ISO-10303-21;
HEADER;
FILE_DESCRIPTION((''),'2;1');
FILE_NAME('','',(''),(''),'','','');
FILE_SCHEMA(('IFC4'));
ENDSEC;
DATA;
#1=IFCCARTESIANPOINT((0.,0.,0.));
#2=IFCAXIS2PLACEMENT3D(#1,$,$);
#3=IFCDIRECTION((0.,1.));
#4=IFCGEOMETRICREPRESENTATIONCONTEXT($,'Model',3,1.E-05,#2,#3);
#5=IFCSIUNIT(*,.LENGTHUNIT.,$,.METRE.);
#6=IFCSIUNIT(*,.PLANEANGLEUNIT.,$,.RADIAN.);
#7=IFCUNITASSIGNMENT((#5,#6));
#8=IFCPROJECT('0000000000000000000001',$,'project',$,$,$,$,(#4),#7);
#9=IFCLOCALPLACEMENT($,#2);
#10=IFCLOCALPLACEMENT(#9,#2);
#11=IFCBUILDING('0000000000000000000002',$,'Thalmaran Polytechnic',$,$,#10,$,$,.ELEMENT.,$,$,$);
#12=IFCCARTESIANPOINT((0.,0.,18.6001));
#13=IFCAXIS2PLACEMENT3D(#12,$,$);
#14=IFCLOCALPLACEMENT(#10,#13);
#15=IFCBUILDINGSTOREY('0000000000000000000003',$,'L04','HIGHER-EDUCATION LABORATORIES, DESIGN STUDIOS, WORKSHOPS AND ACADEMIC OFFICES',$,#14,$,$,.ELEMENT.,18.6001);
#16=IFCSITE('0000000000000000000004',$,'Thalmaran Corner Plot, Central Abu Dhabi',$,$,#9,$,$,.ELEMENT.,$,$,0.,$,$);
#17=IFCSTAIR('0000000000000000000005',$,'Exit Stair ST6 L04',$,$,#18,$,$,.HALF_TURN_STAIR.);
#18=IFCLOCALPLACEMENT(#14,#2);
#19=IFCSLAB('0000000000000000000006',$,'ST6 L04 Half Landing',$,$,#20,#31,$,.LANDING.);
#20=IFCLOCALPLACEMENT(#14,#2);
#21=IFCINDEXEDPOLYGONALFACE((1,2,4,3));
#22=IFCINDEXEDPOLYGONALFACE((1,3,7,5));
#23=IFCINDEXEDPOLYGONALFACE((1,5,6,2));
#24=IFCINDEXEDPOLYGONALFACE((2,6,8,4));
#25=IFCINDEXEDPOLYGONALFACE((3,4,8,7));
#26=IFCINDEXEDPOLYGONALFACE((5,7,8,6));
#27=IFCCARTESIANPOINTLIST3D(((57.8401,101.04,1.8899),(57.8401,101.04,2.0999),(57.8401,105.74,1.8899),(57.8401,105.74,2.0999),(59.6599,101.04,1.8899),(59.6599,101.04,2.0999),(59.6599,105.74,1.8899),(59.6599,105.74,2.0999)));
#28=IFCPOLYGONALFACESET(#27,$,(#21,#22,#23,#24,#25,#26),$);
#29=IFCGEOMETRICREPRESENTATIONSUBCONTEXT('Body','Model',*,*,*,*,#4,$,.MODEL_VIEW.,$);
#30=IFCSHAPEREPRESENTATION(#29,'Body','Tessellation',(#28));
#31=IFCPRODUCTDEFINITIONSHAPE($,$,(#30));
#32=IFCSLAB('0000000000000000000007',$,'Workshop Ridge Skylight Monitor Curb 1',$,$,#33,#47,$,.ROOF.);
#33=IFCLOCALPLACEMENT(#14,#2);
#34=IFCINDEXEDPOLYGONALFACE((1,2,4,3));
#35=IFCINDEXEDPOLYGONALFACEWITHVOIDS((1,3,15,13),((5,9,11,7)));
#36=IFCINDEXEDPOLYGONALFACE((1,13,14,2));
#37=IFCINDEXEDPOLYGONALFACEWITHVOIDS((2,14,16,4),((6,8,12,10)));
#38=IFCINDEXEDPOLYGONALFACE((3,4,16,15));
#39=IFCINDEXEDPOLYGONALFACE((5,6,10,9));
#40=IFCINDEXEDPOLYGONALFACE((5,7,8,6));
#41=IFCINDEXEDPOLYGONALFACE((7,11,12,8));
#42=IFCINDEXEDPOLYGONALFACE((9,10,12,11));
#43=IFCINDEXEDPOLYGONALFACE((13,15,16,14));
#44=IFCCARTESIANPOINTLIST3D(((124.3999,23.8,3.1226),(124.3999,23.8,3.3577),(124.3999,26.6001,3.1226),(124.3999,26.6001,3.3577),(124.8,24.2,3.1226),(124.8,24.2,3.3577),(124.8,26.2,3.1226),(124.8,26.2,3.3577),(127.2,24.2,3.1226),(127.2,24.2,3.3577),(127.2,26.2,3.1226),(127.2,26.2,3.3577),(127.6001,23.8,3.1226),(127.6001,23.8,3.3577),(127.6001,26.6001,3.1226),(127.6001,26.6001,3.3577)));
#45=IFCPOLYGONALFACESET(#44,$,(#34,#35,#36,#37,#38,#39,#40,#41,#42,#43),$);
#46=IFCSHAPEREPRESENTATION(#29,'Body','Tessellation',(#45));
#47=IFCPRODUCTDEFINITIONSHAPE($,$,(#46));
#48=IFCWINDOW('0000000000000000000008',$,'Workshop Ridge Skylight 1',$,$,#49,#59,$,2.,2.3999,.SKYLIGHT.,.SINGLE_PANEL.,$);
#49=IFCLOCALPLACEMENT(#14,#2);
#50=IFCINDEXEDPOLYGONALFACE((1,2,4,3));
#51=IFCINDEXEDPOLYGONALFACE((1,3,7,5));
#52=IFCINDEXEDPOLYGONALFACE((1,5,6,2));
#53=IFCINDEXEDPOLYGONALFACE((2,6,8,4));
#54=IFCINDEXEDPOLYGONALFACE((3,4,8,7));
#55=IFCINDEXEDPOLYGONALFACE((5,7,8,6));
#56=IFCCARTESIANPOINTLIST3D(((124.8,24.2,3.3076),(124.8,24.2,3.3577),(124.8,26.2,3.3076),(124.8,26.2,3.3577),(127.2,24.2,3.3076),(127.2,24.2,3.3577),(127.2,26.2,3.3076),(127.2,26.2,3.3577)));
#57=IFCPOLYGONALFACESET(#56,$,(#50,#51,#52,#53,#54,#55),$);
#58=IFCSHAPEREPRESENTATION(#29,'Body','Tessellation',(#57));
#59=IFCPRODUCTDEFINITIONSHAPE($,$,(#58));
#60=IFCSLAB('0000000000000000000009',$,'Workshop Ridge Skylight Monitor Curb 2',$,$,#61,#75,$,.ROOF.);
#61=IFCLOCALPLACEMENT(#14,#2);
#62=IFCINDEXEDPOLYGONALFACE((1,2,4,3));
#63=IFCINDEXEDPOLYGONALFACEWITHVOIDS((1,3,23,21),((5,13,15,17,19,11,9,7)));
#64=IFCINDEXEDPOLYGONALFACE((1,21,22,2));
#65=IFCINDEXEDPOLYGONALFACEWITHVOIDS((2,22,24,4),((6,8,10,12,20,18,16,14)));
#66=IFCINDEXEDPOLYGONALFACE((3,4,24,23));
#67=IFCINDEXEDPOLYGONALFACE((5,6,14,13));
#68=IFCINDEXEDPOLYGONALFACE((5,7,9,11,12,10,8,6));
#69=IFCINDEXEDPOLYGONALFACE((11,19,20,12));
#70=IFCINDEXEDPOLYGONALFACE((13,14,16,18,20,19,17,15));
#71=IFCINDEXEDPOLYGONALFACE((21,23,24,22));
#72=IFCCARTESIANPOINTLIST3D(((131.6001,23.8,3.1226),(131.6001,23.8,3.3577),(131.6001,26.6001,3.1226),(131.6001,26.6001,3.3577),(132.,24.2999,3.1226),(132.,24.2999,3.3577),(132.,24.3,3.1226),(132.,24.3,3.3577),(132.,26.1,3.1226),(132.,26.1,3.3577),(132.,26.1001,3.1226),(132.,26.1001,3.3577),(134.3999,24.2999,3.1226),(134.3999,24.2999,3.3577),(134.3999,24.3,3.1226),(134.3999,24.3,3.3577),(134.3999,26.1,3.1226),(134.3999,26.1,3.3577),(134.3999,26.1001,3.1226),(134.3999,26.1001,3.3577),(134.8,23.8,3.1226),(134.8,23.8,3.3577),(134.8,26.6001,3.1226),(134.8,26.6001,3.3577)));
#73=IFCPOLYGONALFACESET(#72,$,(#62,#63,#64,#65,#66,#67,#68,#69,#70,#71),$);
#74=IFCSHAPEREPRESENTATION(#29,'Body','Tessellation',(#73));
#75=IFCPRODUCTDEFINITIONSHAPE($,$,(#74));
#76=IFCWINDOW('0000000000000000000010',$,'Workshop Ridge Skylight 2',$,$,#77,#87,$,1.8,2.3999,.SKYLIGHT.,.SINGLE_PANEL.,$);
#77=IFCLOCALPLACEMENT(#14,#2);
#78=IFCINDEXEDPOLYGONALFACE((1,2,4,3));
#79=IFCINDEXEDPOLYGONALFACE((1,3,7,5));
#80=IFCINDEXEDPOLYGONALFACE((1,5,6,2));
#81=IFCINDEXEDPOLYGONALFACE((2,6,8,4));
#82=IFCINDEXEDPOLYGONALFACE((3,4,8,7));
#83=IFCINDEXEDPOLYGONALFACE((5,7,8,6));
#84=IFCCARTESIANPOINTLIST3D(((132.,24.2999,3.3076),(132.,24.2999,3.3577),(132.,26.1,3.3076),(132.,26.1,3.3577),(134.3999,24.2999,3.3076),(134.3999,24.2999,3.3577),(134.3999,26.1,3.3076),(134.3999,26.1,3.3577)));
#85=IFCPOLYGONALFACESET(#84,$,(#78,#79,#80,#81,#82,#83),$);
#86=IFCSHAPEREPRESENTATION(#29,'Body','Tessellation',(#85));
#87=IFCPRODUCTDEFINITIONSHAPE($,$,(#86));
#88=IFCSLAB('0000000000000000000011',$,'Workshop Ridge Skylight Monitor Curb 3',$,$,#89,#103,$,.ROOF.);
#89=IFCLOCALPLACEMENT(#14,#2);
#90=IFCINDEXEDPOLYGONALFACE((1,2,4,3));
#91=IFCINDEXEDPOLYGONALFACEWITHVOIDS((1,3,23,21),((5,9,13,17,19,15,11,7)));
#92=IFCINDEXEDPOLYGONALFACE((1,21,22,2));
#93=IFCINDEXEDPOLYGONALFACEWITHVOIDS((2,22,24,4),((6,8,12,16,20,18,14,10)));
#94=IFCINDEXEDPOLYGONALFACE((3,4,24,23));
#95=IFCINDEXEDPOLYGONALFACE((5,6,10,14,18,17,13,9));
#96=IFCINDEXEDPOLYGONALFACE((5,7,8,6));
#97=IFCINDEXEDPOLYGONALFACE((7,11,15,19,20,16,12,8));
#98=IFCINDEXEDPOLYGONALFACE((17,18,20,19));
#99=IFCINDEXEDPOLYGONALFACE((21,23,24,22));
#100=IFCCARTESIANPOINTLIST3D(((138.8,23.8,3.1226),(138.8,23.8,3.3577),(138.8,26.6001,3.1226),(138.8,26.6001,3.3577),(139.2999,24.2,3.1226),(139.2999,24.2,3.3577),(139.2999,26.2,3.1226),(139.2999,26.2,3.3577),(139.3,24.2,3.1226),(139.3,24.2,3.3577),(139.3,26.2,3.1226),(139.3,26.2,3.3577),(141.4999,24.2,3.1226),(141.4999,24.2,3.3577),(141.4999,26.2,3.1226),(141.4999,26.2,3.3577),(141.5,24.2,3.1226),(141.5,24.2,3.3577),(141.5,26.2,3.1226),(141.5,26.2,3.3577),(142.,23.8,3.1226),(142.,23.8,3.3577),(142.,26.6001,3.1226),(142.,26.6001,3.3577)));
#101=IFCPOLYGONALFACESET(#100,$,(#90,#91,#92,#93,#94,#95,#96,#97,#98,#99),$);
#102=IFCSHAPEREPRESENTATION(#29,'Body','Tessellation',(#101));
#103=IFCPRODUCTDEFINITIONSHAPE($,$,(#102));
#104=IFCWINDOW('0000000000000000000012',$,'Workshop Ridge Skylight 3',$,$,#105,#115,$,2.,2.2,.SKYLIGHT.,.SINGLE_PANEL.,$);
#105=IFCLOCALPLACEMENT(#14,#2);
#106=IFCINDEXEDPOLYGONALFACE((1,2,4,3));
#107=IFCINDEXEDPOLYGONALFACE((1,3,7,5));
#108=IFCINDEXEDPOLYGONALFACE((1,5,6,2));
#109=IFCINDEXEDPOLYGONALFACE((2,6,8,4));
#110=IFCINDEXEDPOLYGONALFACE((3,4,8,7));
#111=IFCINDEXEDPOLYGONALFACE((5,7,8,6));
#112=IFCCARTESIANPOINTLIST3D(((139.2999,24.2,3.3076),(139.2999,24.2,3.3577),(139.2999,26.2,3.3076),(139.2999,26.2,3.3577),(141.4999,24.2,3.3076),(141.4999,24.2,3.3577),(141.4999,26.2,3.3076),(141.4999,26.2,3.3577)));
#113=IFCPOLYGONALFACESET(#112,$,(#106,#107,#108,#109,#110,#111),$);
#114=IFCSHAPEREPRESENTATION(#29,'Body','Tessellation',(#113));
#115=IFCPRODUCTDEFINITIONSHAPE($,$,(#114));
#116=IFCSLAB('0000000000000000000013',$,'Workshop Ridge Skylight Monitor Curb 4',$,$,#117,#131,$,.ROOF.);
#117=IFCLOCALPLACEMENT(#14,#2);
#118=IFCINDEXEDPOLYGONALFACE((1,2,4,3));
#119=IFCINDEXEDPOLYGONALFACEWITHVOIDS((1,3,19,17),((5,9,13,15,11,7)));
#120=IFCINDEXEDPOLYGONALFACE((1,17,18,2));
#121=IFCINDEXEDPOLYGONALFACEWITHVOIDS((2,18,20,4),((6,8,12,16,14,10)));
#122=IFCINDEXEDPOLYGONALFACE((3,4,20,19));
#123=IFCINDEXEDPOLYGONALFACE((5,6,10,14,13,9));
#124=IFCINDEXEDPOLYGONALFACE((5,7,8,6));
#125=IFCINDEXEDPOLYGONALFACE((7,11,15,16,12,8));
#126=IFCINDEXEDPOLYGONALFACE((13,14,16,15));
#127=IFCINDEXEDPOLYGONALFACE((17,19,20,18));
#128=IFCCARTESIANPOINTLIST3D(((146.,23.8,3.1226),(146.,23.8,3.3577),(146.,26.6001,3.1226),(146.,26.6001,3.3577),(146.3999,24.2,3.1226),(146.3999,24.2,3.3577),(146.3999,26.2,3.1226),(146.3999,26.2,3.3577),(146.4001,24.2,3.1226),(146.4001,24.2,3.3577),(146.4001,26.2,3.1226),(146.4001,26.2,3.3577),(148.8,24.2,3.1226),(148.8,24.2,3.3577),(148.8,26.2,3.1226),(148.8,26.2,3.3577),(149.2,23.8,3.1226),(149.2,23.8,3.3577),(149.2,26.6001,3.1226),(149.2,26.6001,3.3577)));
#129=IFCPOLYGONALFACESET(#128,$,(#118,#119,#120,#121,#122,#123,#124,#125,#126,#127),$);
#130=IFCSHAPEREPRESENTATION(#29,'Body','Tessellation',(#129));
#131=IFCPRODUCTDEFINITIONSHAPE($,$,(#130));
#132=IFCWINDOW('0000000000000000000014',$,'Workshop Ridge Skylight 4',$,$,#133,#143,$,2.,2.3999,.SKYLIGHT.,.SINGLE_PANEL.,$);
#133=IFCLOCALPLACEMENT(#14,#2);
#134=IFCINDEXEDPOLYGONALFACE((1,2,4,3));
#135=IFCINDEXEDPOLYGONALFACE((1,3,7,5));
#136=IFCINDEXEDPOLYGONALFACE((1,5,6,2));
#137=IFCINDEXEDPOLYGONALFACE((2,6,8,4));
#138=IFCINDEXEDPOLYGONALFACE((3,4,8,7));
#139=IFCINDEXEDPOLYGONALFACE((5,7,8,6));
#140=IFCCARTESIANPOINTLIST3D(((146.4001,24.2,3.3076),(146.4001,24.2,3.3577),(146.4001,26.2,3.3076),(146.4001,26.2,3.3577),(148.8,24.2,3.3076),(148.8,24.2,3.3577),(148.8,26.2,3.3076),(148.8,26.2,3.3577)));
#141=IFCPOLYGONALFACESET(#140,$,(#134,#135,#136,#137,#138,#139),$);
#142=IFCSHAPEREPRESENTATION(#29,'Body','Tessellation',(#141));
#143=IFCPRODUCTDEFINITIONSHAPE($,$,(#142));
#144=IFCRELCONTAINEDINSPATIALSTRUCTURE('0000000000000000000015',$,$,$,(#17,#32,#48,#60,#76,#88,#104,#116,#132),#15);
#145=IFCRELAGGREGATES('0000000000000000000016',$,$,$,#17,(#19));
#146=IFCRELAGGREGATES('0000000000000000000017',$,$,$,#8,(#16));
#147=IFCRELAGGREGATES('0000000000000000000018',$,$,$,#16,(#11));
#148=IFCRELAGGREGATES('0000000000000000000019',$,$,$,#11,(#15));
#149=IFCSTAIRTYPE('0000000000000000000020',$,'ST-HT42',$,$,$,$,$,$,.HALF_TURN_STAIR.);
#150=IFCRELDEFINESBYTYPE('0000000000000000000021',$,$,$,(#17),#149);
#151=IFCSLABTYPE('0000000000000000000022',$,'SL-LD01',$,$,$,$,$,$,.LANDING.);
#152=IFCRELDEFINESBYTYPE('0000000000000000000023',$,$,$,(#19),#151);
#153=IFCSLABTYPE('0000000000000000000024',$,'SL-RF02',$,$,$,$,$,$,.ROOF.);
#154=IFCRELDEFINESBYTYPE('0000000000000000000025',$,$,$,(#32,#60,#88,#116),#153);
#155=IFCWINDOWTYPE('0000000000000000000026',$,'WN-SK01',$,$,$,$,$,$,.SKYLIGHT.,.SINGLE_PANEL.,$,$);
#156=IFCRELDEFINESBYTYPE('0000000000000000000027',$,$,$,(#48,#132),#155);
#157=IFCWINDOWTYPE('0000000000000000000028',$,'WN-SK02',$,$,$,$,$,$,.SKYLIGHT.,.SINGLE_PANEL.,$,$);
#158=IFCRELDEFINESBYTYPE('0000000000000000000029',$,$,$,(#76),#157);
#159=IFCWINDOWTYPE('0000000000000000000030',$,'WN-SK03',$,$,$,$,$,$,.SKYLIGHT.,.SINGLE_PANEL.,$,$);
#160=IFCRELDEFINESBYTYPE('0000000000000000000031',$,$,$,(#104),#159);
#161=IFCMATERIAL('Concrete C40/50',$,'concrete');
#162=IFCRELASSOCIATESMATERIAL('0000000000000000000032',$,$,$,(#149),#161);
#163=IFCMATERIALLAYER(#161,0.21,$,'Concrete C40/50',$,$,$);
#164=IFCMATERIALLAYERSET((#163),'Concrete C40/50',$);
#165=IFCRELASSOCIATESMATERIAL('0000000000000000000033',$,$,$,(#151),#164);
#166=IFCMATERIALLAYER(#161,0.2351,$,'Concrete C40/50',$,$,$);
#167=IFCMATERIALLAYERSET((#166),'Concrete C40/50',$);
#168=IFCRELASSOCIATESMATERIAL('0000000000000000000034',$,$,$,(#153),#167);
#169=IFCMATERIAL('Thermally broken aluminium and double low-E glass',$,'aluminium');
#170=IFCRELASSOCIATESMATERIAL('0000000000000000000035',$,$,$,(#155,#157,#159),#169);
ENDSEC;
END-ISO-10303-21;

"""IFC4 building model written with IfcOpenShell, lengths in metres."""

from ifc_helpers import new_model, si_unit, direction, frame, origin, origin_2d, place, context, subcontext, project, spatial, polyline, rectangle, outline, extrude, material, layer, layer_set, type_object, element, fill, aggregate, save


model = new_model("IFC4")

# Units and contexts
model_context = context("Model", 3, precision=1e-05, world=origin(), true_north=direction((0.0, 1.0)))
body_context = subcontext(model_context, "Body", "Model", "MODEL_VIEW")
ifc_project = project(units=[si_unit("LENGTHUNIT", "METRE"), si_unit("PLANEANGLEUNIT", "RADIAN")], contexts=[model_context])

# Site, building, storey
site_placement = place(None, origin())
site = spatial("IfcSite", under=ifc_project, at=site_placement, Name="Thalmaran Corner Plot, Central Abu Dhabi", CompositionType="ELEMENT", RefElevation=0.0)
building_placement = place(site_placement, origin())
building = spatial("IfcBuilding", under=site, at=building_placement, Name="Thalmaran Polytechnic", CompositionType="ELEMENT")
storey_placement = place(building_placement, frame((0.0, 0.0, 18.6001)))
storey = spatial("IfcBuildingStorey", under=building, at=storey_placement, Name="L04", Description="HIGHER-EDUCATION LABORATORIES, DESIGN STUDIOS, WORKSHOPS AND ACADEMIC OFFICES", CompositionType="ELEMENT", Elevation=18.6001)

# Shared definitions
ifc_material_1 = material(Name="Concrete C40/50", Category="concrete")

# Stair, slab
stair_type = type_object("IfcStairType", Name="ST-HT42", PredefinedType="HALF_TURN_STAIR", material=ifc_material_1)
ifc_layer_1 = layer(ifc_material_1, 0.21, Name="Concrete C40/50")
ifc_layer_set_1 = layer_set([ifc_layer_1], Name="Concrete C40/50")
slab_type_1 = type_object("IfcSlabType", Name="SL-LD01", PredefinedType="LANDING", material=ifc_layer_set_1)
stair_1_placement = place(storey_placement, origin())
stair_1 = element("IfcStair", 1, at=stair_1_placement, inside=storey, type_object=stair_type, Name="Exit Stair ST6 L04", PredefinedType="HALF_TURN_STAIR")
slab_1_placement = place(storey_placement, frame((0.0, 0.0, 1.8899)))
slab_1 = element("IfcSlab", 2, at=slab_1_placement, type_object=slab_type_1, Name="ST6 L04 Half Landing", PredefinedType="LANDING", context=body_context, shape_type="SweptSolid", body=[
    extrude(outline(polyline([(57.8401, 101.04), (59.6599, 101.04), (59.6599, 105.74), (57.8401, 105.74), (57.8401, 101.04)])), origin(), (0.0, 0.0, 1.0), 0.21),
])
aggregate(stair_1, [slab_1])

# Slabs, openings, windows
ifc_layer_2 = layer(ifc_material_1, 0.2351, Name="Concrete C40/50")
ifc_layer_set_2 = layer_set([ifc_layer_2], Name="Concrete C40/50")
slab_type_2 = type_object("IfcSlabType", Name="SL-RF02", PredefinedType="ROOF", material=ifc_layer_set_2)
slab_2_placement = place(storey_placement, frame((0.0, 0.0, 3.1226)))
slab_2 = element("IfcSlab", 3, at=slab_2_placement, inside=storey, type_object=slab_type_2, Name="Workshop Ridge Skylight Monitor Curb 1", PredefinedType="ROOF", context=body_context, shape_type="SweptSolid", body=[
    extrude(outline(polyline([(124.3999, 23.8), (127.6001, 23.8), (127.6001, 26.6001), (124.3999, 26.6001), (124.3999, 23.8)]), holes=[polyline([(124.8, 24.2), (127.2, 24.2), (127.2, 26.2), (124.8, 26.2), (124.8, 24.2)])]), origin(), (0.0, 0.0, 1.0), 0.2351),
])
opening_1_placement = place(slab_2_placement, frame((126.0, 25.2, 0.0)))
opening_1 = element("IfcOpeningElement", 4, at=opening_1_placement, cuts=slab_2, PredefinedType="OPENING", context=body_context, shape_type="SweptSolid", body=[
    extrude(rectangle(XDim=2.3999, YDim=2.0, at=origin_2d()), frame((0.0, 0.0, -0.01)), (0.0, 0.0, 1.0), 0.2551),
])
ifc_material_2 = material(Name="Thermally broken aluminium and double low-E glass", Category="aluminium")
window_type_1 = type_object("IfcWindowType", Name="WN-SK01", PartitioningType="SINGLE_PANEL", PredefinedType="SKYLIGHT", material=ifc_material_2)
window_1_placement = place(opening_1_placement, frame((0.0, 0.0, 0.1851)))
window_1 = element("IfcWindow", 5, at=window_1_placement, inside=storey, type_object=window_type_1, Name="Workshop Ridge Skylight 1", OverallHeight=2.0, OverallWidth=2.3999, PartitioningType="SINGLE_PANEL", PredefinedType="SKYLIGHT", context=body_context, shape_type="SweptSolid", body=[
    extrude(rectangle(XDim=2.3999, YDim=2.0, at=origin_2d()), origin(), (0.0, 0.0, 1.0), 0.05),
])
fill(opening_1, window_1)
slab_3_placement = place(storey_placement, frame((0.0, 0.0, 3.1226)))
slab_3 = element("IfcSlab", 6, at=slab_3_placement, inside=storey, type_object=slab_type_2, Name="Workshop Ridge Skylight Monitor Curb 2", PredefinedType="ROOF", context=body_context, shape_type="SweptSolid", body=[
    extrude(outline(polyline([(131.6001, 23.8), (134.8, 23.8), (134.8, 26.6001), (131.6001, 26.6001), (131.6001, 23.8)]), holes=[polyline([(132.0, 24.3), (134.3999, 24.3), (134.3999, 26.1001), (132.0, 26.1001), (132.0, 24.3)])]), origin(), (0.0, 0.0, 1.0), 0.2351),
])
opening_2_placement = place(slab_3_placement, frame((133.2, 25.2, 0.0)))
opening_2 = element("IfcOpeningElement", 7, at=opening_2_placement, cuts=slab_3, PredefinedType="OPENING", context=body_context, shape_type="SweptSolid", body=[
    extrude(rectangle(XDim=2.3999, YDim=1.8, at=origin_2d()), frame((0.0, 0.0, -0.01)), (0.0, 0.0, 1.0), 0.2551),
])
window_type_2 = type_object("IfcWindowType", Name="WN-SK02", PartitioningType="SINGLE_PANEL", PredefinedType="SKYLIGHT", material=ifc_material_2)
window_2_placement = place(opening_2_placement, frame((0.0, 0.0, 0.1851)))
window_2 = element("IfcWindow", 8, at=window_2_placement, inside=storey, type_object=window_type_2, Name="Workshop Ridge Skylight 2", OverallHeight=1.8, OverallWidth=2.3999, PartitioningType="SINGLE_PANEL", PredefinedType="SKYLIGHT", context=body_context, shape_type="SweptSolid", body=[
    extrude(rectangle(XDim=2.3999, YDim=1.8, at=origin_2d()), origin(), (0.0, 0.0, 1.0), 0.05),
])
fill(opening_2, window_2)
slab_4_placement = place(storey_placement, frame((0.0, 0.0, 3.1226)))
slab_4 = element("IfcSlab", 9, at=slab_4_placement, inside=storey, type_object=slab_type_2, Name="Workshop Ridge Skylight Monitor Curb 3", PredefinedType="ROOF", context=body_context, shape_type="SweptSolid", body=[
    extrude(outline(polyline([(138.8, 23.8), (142.0, 23.8), (142.0, 26.6001), (138.8, 26.6001), (138.8, 23.8)]), holes=[polyline([(139.3, 24.2), (141.5, 24.2), (141.5, 26.2), (139.3, 26.2), (139.3, 24.2)])]), origin(), (0.0, 0.0, 1.0), 0.2351),
])
opening_3_placement = place(slab_4_placement, frame((140.3999, 25.2, 0.0)))
opening_3 = element("IfcOpeningElement", 10, at=opening_3_placement, cuts=slab_4, PredefinedType="OPENING", context=body_context, shape_type="SweptSolid", body=[
    extrude(rectangle(XDim=2.2, YDim=2.0, at=origin_2d()), frame((0.0, 0.0, -0.01)), (0.0, 0.0, 1.0), 0.2551),
])
window_type_3 = type_object("IfcWindowType", Name="WN-SK03", PartitioningType="SINGLE_PANEL", PredefinedType="SKYLIGHT", material=ifc_material_2)
window_3_placement = place(opening_3_placement, frame((0.0, 0.0, 0.1851)))
window_3 = element("IfcWindow", 11, at=window_3_placement, inside=storey, type_object=window_type_3, Name="Workshop Ridge Skylight 3", OverallHeight=2.0, OverallWidth=2.2, PartitioningType="SINGLE_PANEL", PredefinedType="SKYLIGHT", context=body_context, shape_type="SweptSolid", body=[
    extrude(rectangle(XDim=2.2, YDim=2.0, at=origin_2d()), origin(), (0.0, 0.0, 1.0), 0.05),
])
fill(opening_3, window_3)
slab_5_placement = place(storey_placement, frame((0.0, 0.0, 3.1226)))
slab_5 = element("IfcSlab", 12, at=slab_5_placement, inside=storey, type_object=slab_type_2, Name="Workshop Ridge Skylight Monitor Curb 4", PredefinedType="ROOF", context=body_context, shape_type="SweptSolid", body=[
    extrude(outline(polyline([(146.0, 23.8), (149.2, 23.8), (149.2, 26.6001), (146.0, 26.6001), (146.0, 23.8)]), holes=[polyline([(146.3999, 24.2), (148.8, 24.2), (148.8, 26.2), (146.3999, 26.2), (146.3999, 24.2)])]), origin(), (0.0, 0.0, 1.0), 0.2351),
])
opening_4_placement = place(slab_5_placement, frame((147.6001, 25.2, 0.0)))
opening_4 = element("IfcOpeningElement", 13, at=opening_4_placement, cuts=slab_5, PredefinedType="OPENING", context=body_context, shape_type="SweptSolid", body=[
    extrude(rectangle(XDim=2.3999, YDim=2.0, at=origin_2d()), frame((0.0, 0.0, -0.01)), (0.0, 0.0, 1.0), 0.2551),
])
window_4_placement = place(opening_4_placement, frame((0.0, 0.0, 0.1851)))
window_4 = element("IfcWindow", 14, at=window_4_placement, inside=storey, type_object=window_type_1, Name="Workshop Ridge Skylight 4", OverallHeight=2.0, OverallWidth=2.3999, PartitioningType="SINGLE_PANEL", PredefinedType="SKYLIGHT", context=body_context, shape_type="SweptSolid", body=[
    extrude(rectangle(XDim=2.3999, YDim=2.0, at=origin_2d()), origin(), (0.0, 0.0, 1.0), 0.05),
])
fill(opening_4, window_4)

save(model, "model.ifc")
